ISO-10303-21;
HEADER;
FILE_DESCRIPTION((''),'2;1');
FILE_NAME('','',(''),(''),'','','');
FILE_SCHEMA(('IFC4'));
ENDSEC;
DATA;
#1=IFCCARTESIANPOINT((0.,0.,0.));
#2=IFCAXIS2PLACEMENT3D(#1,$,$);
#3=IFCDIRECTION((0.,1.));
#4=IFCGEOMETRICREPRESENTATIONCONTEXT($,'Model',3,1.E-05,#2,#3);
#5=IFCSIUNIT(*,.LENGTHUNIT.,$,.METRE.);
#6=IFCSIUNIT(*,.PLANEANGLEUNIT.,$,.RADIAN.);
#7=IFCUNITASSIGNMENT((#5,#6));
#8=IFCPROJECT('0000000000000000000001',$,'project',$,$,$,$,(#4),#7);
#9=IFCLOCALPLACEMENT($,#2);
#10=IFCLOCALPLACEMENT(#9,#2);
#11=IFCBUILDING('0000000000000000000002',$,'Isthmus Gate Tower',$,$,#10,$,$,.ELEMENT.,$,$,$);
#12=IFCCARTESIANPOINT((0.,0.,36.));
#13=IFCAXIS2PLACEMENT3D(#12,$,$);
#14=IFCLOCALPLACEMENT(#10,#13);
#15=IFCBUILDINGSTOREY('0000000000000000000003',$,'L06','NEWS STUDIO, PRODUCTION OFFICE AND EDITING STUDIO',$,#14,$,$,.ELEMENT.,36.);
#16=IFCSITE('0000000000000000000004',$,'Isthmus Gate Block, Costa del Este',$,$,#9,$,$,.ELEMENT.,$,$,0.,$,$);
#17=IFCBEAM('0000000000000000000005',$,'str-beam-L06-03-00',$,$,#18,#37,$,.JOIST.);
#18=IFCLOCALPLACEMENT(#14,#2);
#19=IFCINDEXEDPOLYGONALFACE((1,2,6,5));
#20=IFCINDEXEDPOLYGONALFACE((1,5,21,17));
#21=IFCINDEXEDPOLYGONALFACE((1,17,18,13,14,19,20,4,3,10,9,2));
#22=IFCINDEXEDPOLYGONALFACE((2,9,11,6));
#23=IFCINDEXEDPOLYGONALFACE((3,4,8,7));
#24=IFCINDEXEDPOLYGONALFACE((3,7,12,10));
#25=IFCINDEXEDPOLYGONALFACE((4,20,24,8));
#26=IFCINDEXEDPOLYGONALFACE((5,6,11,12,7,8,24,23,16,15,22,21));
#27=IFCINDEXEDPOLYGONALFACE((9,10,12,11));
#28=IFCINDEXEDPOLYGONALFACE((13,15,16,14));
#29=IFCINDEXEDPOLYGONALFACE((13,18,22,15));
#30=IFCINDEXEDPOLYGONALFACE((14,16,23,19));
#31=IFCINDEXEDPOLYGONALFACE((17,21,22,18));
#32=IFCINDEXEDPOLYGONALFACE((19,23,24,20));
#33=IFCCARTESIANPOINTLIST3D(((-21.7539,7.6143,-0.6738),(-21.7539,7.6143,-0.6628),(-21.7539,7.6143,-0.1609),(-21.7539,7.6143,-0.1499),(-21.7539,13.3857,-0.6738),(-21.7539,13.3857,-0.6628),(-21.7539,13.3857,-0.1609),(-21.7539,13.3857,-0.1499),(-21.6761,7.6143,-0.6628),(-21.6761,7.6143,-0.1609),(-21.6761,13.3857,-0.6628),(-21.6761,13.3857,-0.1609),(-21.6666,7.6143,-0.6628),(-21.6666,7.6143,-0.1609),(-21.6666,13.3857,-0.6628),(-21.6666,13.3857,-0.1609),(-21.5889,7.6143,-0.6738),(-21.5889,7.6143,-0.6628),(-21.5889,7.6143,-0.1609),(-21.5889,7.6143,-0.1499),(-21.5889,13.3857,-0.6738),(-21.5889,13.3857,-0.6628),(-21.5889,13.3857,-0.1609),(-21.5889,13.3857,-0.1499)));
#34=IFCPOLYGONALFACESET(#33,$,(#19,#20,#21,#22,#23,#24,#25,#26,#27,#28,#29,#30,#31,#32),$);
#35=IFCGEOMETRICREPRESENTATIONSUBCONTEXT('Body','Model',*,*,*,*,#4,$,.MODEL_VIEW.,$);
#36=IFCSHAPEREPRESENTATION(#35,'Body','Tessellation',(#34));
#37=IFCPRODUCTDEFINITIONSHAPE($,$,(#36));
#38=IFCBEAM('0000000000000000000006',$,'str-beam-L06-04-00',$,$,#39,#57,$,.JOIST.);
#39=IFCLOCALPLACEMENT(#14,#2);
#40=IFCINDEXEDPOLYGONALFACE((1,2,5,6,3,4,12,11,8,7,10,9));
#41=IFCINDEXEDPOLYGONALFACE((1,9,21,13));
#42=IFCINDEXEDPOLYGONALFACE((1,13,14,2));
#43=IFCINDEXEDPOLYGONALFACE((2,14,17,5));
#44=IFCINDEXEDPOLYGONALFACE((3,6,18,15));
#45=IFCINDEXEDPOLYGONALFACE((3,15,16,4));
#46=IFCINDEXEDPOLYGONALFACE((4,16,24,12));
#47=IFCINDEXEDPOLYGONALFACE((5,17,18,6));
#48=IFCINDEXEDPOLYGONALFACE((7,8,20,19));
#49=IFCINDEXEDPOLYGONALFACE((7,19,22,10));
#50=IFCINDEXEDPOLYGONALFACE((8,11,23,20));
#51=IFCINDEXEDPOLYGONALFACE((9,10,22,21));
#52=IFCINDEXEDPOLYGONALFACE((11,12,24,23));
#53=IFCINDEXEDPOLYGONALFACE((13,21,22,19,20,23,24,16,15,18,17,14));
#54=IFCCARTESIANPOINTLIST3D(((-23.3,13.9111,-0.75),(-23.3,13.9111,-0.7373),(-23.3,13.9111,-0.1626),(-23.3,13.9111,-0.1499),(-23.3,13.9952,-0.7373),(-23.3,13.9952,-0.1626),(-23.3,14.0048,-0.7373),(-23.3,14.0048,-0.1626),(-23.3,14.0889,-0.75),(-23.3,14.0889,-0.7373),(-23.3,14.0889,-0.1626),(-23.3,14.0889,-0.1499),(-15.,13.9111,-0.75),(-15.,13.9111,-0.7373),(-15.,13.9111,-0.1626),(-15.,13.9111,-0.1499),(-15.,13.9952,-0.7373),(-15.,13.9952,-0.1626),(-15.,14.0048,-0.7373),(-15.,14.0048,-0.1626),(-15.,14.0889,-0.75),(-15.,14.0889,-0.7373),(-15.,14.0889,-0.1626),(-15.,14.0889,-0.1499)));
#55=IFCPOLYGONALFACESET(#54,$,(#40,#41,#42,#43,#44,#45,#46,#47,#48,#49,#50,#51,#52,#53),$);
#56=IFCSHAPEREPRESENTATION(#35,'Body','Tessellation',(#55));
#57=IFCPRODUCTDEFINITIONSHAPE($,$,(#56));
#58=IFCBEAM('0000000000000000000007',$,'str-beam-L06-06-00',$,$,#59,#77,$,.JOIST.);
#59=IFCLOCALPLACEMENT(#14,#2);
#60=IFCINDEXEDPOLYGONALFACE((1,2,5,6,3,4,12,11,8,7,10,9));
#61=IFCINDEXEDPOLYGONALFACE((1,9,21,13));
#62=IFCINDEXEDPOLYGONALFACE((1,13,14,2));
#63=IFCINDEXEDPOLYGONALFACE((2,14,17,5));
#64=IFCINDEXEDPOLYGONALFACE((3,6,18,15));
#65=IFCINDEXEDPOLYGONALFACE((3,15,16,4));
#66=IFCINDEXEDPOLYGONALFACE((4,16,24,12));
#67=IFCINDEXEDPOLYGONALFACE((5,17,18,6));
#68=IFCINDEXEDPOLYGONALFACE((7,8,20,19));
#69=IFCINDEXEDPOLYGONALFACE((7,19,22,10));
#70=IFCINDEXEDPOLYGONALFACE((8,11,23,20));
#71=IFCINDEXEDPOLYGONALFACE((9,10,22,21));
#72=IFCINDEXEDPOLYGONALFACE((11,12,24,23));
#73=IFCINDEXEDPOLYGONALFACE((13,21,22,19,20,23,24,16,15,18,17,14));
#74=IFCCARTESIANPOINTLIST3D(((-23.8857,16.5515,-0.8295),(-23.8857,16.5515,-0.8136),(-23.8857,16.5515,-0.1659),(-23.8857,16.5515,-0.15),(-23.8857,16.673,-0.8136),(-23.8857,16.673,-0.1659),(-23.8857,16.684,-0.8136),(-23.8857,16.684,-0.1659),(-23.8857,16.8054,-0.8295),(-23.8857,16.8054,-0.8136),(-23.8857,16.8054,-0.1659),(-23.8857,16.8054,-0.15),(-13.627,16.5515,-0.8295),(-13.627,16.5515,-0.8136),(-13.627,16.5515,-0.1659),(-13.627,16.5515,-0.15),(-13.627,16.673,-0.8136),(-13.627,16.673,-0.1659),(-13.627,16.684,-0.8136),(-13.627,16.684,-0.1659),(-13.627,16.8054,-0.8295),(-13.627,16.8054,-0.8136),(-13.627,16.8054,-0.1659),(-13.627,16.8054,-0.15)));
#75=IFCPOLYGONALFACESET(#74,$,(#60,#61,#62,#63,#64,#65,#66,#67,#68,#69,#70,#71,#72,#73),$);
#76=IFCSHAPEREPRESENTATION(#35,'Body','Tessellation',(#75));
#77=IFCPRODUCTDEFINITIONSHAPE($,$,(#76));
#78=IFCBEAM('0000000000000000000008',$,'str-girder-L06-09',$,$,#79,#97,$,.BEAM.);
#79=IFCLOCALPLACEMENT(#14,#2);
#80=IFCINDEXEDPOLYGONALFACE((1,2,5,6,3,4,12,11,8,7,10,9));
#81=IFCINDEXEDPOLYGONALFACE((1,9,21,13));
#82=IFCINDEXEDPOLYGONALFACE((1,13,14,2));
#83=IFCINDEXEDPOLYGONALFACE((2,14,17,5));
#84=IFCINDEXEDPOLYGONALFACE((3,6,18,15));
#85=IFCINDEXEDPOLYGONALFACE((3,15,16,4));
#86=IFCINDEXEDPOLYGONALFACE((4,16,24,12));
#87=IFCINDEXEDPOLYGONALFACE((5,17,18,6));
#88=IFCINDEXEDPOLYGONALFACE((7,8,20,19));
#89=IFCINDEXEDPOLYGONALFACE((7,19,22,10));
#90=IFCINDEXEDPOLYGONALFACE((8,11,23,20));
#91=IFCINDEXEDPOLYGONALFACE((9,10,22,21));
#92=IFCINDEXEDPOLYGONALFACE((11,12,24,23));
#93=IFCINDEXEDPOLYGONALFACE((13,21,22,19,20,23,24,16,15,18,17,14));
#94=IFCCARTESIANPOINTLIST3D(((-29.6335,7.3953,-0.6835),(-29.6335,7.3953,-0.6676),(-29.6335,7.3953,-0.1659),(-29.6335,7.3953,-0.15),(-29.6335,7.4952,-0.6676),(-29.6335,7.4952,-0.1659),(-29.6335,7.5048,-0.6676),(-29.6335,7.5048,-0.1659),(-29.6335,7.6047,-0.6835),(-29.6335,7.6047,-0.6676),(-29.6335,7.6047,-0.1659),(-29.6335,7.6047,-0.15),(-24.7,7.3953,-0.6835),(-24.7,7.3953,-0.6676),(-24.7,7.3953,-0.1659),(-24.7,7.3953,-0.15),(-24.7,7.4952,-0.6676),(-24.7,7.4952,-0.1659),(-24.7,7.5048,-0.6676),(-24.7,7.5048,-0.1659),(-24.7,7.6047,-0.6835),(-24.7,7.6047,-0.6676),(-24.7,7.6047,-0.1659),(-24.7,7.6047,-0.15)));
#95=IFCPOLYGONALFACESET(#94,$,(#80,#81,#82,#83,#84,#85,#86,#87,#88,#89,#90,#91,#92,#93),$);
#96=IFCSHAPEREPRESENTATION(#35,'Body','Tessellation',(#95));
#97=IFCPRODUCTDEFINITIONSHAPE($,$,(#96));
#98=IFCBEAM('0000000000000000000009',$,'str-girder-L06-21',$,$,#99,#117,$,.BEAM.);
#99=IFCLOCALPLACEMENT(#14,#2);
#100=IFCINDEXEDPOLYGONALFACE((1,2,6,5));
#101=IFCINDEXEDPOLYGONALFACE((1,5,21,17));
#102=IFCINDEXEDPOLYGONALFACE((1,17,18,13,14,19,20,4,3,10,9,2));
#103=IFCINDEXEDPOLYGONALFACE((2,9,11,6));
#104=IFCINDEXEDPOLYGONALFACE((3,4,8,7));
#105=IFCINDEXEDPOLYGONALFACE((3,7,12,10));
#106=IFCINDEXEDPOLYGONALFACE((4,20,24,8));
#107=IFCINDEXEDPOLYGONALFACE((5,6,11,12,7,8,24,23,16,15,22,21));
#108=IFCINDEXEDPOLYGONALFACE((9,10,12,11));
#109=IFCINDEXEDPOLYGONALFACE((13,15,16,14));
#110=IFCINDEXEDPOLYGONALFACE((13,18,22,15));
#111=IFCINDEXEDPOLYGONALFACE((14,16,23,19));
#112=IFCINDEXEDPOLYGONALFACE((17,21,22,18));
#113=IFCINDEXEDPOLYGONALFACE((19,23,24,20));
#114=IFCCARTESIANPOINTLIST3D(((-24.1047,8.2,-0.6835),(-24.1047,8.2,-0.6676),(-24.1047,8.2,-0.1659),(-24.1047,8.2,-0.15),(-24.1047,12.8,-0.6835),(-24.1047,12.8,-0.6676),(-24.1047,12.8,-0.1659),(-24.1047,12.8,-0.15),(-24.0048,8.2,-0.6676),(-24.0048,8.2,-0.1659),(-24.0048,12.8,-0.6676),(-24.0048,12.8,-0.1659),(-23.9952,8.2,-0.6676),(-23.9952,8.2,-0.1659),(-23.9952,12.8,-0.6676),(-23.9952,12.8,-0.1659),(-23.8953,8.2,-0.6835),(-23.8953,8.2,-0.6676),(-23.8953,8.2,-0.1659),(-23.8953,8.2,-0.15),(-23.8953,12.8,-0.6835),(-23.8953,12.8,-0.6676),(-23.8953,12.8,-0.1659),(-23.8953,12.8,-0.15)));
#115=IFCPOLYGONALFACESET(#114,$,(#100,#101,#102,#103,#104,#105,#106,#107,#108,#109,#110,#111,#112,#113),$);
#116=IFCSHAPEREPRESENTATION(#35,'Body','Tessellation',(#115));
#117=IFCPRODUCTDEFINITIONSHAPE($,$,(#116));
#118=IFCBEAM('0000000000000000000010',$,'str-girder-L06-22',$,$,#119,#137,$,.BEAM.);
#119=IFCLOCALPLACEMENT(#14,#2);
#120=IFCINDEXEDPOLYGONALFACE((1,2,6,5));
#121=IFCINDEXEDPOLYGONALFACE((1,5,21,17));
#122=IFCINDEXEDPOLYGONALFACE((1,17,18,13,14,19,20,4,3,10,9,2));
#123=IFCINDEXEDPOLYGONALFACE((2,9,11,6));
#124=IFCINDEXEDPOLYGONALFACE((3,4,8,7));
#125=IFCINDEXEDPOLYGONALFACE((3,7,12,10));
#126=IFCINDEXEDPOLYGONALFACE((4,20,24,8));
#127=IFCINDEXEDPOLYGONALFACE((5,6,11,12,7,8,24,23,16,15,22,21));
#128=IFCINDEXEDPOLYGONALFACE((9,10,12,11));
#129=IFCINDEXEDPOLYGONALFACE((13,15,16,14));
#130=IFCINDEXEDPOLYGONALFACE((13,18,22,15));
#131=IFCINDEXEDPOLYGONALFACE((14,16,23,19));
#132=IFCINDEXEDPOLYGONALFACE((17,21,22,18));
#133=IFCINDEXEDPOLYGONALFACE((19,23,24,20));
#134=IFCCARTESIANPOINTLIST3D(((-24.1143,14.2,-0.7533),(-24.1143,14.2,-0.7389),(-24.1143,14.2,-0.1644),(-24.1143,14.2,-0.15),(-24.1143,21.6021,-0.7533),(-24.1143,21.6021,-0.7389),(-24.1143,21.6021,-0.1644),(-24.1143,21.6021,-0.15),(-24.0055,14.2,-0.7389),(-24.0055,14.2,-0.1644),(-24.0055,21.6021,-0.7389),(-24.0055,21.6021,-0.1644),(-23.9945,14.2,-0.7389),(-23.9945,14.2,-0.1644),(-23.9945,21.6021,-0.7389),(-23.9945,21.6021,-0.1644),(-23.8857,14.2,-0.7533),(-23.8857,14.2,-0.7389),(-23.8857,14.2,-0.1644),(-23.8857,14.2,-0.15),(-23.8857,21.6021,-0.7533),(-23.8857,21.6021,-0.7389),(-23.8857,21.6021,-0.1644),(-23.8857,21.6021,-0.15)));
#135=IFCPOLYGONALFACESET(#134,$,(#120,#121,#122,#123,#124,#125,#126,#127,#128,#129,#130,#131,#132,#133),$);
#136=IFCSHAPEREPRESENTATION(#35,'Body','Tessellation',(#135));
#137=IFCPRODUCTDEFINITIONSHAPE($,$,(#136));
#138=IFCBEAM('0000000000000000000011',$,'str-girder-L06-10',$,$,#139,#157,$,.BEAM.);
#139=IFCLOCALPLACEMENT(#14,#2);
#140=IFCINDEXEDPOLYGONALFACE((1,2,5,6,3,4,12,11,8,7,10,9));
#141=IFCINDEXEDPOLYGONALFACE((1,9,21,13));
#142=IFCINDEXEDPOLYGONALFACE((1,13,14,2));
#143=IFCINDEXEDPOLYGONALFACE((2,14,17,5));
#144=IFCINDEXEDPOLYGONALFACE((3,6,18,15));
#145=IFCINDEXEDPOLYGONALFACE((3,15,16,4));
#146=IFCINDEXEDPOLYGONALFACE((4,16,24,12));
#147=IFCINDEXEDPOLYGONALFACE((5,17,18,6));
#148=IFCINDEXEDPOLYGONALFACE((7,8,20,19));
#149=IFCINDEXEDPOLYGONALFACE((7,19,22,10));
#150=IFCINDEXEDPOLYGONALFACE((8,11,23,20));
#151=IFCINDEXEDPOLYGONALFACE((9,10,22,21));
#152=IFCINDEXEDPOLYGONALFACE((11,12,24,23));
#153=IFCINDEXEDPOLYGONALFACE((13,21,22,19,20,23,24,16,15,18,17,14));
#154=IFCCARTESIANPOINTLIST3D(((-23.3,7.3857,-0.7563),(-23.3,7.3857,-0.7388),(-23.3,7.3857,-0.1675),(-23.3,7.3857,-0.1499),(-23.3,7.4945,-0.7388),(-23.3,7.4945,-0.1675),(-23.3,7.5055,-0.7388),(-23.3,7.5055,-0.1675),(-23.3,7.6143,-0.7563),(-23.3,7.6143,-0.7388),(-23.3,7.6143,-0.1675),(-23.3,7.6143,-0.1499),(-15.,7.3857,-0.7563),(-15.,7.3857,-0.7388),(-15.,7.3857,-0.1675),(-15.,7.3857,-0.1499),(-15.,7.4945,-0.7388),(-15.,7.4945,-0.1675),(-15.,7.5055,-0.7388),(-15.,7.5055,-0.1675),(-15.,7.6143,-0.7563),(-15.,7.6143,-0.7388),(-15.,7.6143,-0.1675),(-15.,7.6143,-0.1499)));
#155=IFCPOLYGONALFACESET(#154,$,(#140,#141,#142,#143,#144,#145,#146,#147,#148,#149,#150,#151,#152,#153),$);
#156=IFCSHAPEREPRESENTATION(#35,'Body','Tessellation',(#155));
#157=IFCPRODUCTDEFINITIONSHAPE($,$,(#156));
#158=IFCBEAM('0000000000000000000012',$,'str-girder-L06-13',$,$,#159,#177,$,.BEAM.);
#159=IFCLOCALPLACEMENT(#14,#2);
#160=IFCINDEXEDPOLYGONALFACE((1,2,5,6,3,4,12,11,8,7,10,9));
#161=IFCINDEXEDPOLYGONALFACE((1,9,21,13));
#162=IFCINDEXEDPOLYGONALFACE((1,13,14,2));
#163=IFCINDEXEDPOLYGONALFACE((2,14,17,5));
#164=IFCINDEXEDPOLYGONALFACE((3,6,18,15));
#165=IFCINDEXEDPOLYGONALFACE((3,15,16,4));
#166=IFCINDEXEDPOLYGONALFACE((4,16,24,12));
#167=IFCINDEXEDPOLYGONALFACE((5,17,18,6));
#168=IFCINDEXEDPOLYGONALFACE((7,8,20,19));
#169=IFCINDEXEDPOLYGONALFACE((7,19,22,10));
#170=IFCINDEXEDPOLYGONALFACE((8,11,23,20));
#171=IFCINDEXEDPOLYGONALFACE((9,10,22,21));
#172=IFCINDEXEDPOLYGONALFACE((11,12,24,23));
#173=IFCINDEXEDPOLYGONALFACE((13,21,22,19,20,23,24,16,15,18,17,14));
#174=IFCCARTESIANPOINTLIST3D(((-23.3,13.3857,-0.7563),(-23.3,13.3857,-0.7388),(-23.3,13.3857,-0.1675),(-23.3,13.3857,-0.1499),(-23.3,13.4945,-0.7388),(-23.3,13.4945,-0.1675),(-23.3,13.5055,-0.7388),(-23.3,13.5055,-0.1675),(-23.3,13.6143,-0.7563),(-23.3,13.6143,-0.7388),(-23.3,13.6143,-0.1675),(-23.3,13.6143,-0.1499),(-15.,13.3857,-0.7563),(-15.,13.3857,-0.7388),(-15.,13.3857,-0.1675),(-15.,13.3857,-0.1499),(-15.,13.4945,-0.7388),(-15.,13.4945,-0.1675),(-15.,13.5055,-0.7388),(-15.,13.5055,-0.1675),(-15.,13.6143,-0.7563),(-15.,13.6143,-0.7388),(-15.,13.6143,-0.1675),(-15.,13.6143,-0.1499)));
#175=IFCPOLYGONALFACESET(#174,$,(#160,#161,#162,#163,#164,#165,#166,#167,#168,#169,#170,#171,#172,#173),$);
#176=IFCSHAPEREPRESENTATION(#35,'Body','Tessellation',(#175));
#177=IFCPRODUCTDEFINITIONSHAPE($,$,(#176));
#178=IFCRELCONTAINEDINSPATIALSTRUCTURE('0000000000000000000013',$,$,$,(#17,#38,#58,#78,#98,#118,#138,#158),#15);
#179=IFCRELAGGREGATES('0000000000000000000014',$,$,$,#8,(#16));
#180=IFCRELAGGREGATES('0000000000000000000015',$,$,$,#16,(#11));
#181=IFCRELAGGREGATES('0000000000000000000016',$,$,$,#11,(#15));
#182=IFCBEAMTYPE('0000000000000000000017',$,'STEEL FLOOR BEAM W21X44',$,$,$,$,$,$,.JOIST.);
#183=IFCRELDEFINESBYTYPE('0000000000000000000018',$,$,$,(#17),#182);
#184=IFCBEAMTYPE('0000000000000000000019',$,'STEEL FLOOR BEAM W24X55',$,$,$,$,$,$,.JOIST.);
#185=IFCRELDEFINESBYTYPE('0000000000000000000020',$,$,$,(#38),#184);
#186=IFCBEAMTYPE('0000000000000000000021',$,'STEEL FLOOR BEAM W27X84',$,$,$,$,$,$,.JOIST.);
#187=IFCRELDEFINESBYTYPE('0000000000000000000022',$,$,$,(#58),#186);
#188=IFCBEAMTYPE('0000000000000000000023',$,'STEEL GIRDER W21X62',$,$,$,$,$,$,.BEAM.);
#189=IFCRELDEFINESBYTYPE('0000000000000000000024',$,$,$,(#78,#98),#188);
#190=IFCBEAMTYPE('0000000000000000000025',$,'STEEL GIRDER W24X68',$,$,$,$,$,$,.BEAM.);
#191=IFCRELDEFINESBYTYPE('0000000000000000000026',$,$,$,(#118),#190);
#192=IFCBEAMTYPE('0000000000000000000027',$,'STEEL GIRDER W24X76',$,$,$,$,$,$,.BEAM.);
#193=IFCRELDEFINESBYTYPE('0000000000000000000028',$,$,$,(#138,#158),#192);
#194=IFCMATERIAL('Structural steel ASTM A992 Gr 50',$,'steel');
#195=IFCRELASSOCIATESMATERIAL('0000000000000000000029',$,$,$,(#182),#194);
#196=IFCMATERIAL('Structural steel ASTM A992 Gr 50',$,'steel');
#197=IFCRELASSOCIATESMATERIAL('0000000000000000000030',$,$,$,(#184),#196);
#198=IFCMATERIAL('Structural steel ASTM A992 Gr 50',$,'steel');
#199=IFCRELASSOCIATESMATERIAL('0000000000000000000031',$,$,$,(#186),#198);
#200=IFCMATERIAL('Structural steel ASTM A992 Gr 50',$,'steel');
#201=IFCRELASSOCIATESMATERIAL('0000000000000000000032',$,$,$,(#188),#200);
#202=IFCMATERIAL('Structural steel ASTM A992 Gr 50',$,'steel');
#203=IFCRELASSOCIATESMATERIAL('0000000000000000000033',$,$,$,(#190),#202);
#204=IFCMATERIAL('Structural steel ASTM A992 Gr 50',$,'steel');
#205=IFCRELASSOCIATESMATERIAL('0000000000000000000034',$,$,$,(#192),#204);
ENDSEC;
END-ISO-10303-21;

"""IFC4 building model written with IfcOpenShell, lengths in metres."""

from ifc_helpers import new_model, si_unit, direction, frame, origin, origin_2d, place, context, subcontext, project, spatial, i_section, extrude, material, material_profile, profile_set, type_object, element, save


model = new_model("IFC4")

# Units and contexts
model_context = context("Model", 3, precision=1e-05, world=origin(), true_north=direction((0.0, 1.0)))
body_context = subcontext(model_context, "Body", "Model", "MODEL_VIEW")
ifc_project = project(units=[si_unit("LENGTHUNIT", "METRE"), si_unit("PLANEANGLEUNIT", "RADIAN")], contexts=[model_context])

# Site, building, storey
site_placement = place(None, origin())
site = spatial("IfcSite", under=ifc_project, at=site_placement, Name="Isthmus Gate Block, Costa del Este", CompositionType="ELEMENT", RefElevation=0.0)
building_placement = place(site_placement, origin())
building = spatial("IfcBuilding", under=site, at=building_placement, Name="Isthmus Gate Tower", CompositionType="ELEMENT")
storey_placement = place(building_placement, frame((0.0, 0.0, 36.0)))
storey = spatial("IfcBuildingStorey", under=building, at=storey_placement, Name="L06", Description="NEWS STUDIO, PRODUCTION OFFICE AND EDITING STUDIO", CompositionType="ELEMENT", Elevation=36.0)

# Beams
ifc_material_1 = material(Name="Structural steel ASTM A992 Gr 50", Category="steel")
ifc_material_profile_1 = material_profile(ifc_material_1, i_section(OverallWidth=0.165, OverallDepth=0.5239, WebThickness=0.0095, FlangeThickness=0.011, at=origin_2d()), Name="W21X44")
ifc_profile_set_1 = profile_set([ifc_material_profile_1], Name="Structural steel ASTM A992 Gr 50")
beam_type_1 = type_object("IfcBeamType", Name="STEEL FLOOR BEAM W21X44", PredefinedType="JOIST", material=ifc_profile_set_1)
beam_1_placement = place(storey_placement, frame((-21.6714, 7.6143, -0.4119), z_axis=(0.0, 1.0, 0.0), x_axis=(-1.0, 0.0, 0.0)))
element("IfcBeam", 1, at=beam_1_placement, inside=storey, type_object=beam_type_1, Name="str-beam-L06-03-00", PredefinedType="JOIST", context=body_context, shape_type="SweptSolid", body=[
    extrude(i_section(OverallWidth=0.165, OverallDepth=0.5239, WebThickness=0.0095, FlangeThickness=0.011, at=origin_2d()), origin(), (0.0, 0.0, 1.0), 5.7715),
])
ifc_material_2 = material(Name="Structural steel ASTM A992 Gr 50", Category="steel")
ifc_material_profile_2 = material_profile(ifc_material_2, i_section(OverallWidth=0.1777, OverallDepth=0.6001, WebThickness=0.0095, FlangeThickness=0.0127, at=origin_2d()), Name="W24X55")
ifc_profile_set_2 = profile_set([ifc_material_profile_2], Name="Structural steel ASTM A992 Gr 50")
beam_type_2 = type_object("IfcBeamType", Name="STEEL FLOOR BEAM W24X55", PredefinedType="JOIST", material=ifc_profile_set_2)
beam_2_placement = place(storey_placement, frame((-23.3, 14.0, -0.45), z_axis=(1.0, 0.0, 0.0), x_axis=(0.0, 1.0, 0.0)))
element("IfcBeam", 2, at=beam_2_placement, inside=storey, type_object=beam_type_2, Name="str-beam-L06-04-00", PredefinedType="JOIST", context=body_context, shape_type="SweptSolid", body=[
    extrude(i_section(OverallWidth=0.1777, OverallDepth=0.6001, WebThickness=0.0095, FlangeThickness=0.0127, at=origin_2d()), origin(), (0.0, 0.0, 1.0), 8.3),
])
ifc_material_3 = material(Name="Structural steel ASTM A992 Gr 50", Category="steel")
ifc_material_profile_3 = material_profile(ifc_material_3, i_section(OverallWidth=0.2539, OverallDepth=0.6794, WebThickness=0.011, FlangeThickness=0.0159, at=origin_2d()), Name="W27X84")
ifc_profile_set_3 = profile_set([ifc_material_profile_3], Name="Structural steel ASTM A992 Gr 50")
beam_type_3 = type_object("IfcBeamType", Name="STEEL FLOOR BEAM W27X84", PredefinedType="JOIST", material=ifc_profile_set_3)
beam_3_placement = place(storey_placement, frame((-23.8857, 16.6785, -0.4897), z_axis=(1.0, 0.0, 0.0), x_axis=(0.0, 1.0, 0.0)))
element("IfcBeam", 3, at=beam_3_placement, inside=storey, type_object=beam_type_3, Name="str-beam-L06-06-00", PredefinedType="JOIST", context=body_context, shape_type="SweptSolid", body=[
    extrude(i_section(OverallWidth=0.2539, OverallDepth=0.6794, WebThickness=0.011, FlangeThickness=0.0159, at=origin_2d()), origin(), (0.0, 0.0, 1.0), 10.2588),
])
ifc_material_4 = material(Name="Structural steel ASTM A992 Gr 50", Category="steel")
ifc_material_profile_4 = material_profile(ifc_material_4, i_section(OverallWidth=0.2095, OverallDepth=0.5334, WebThickness=0.0095, FlangeThickness=0.0159, at=origin_2d()), Name="W21X62")
ifc_profile_set_4 = profile_set([ifc_material_profile_4], Name="Structural steel ASTM A992 Gr 50")
beam_type_4 = type_object("IfcBeamType", Name="STEEL GIRDER W21X62", PredefinedType="BEAM", material=ifc_profile_set_4)
beam_4_placement = place(storey_placement, frame((-29.6335, 7.5, -0.4167), z_axis=(1.0, 0.0, 0.0), x_axis=(0.0, 1.0, 0.0)))
element("IfcBeam", 4, at=beam_4_placement, inside=storey, type_object=beam_type_4, Name="str-girder-L06-09", PredefinedType="BEAM", context=body_context, shape_type="SweptSolid", body=[
    extrude(i_section(OverallWidth=0.2095, OverallDepth=0.5334, WebThickness=0.0095, FlangeThickness=0.0159, at=origin_2d()), origin(), (0.0, 0.0, 1.0), 4.9336),
])
beam_5_placement = place(storey_placement, frame((-24.0, 8.2, -0.4167), z_axis=(0.0, 1.0, 0.0), x_axis=(-1.0, 0.0, 0.0)))
element("IfcBeam", 5, at=beam_5_placement, inside=storey, type_object=beam_type_4, Name="str-girder-L06-21", PredefinedType="BEAM", context=body_context, shape_type="SweptSolid", body=[
    extrude(i_section(OverallWidth=0.2095, OverallDepth=0.5334, WebThickness=0.0095, FlangeThickness=0.0159, at=origin_2d()), origin(), (0.0, 0.0, 1.0), 4.6001),
])
ifc_material_5 = material(Name="Structural steel ASTM A992 Gr 50", Category="steel")
ifc_material_profile_5 = material_profile(ifc_material_5, i_section(OverallWidth=0.2285, OverallDepth=0.6033, WebThickness=0.011, FlangeThickness=0.0144, at=origin_2d()), Name="W24X68")
ifc_profile_set_5 = profile_set([ifc_material_profile_5], Name="Structural steel ASTM A992 Gr 50")
beam_type_5 = type_object("IfcBeamType", Name="STEEL GIRDER W24X68", PredefinedType="BEAM", material=ifc_profile_set_5)
beam_6_placement = place(storey_placement, frame((-24.0, 14.2, -0.4517), z_axis=(0.0, 1.0, 0.0), x_axis=(-1.0, 0.0, 0.0)))
element("IfcBeam", 6, at=beam_6_placement, inside=storey, type_object=beam_type_5, Name="str-girder-L06-22", PredefinedType="BEAM", context=body_context, shape_type="SweptSolid", body=[
    extrude(i_section(OverallWidth=0.2285, OverallDepth=0.6033, WebThickness=0.011, FlangeThickness=0.0144, at=origin_2d()), origin(), (0.0, 0.0, 1.0), 7.4021),
])
ifc_material_6 = material(Name="Structural steel ASTM A992 Gr 50", Category="steel")
ifc_material_profile_6 = material_profile(ifc_material_6, i_section(OverallWidth=0.2285, OverallDepth=0.6064, WebThickness=0.011, FlangeThickness=0.0176, at=origin_2d()), Name="W24X76")
ifc_profile_set_6 = profile_set([ifc_material_profile_6], Name="Structural steel ASTM A992 Gr 50")
beam_type_6 = type_object("IfcBeamType", Name="STEEL GIRDER W24X76", PredefinedType="BEAM", material=ifc_profile_set_6)
for number, where, z_axis, x_axis, name in (
    (7, (-23.3, 7.5, -0.4531), (1.0, 0.0, 0.0), (0.0, 1.0, 0.0), "str-girder-L06-10"),
    (8, (-23.3, 13.5, -0.4531), (1.0, 0.0, 0.0), (0.0, 1.0, 0.0), "str-girder-L06-13"),
):
    element("IfcBeam", number, at=place(storey_placement, frame(where, z_axis=z_axis, x_axis=x_axis)), inside=storey, type_object=beam_type_6, Name=name, PredefinedType="BEAM", context=body_context, shape_type="SweptSolid", body=[
        extrude(i_section(OverallWidth=0.2285, OverallDepth=0.6064, WebThickness=0.011, FlangeThickness=0.0176, at=origin_2d()), origin(), (0.0, 0.0, 1.0), 8.3),
    ])

save(model, "model.ifc")
